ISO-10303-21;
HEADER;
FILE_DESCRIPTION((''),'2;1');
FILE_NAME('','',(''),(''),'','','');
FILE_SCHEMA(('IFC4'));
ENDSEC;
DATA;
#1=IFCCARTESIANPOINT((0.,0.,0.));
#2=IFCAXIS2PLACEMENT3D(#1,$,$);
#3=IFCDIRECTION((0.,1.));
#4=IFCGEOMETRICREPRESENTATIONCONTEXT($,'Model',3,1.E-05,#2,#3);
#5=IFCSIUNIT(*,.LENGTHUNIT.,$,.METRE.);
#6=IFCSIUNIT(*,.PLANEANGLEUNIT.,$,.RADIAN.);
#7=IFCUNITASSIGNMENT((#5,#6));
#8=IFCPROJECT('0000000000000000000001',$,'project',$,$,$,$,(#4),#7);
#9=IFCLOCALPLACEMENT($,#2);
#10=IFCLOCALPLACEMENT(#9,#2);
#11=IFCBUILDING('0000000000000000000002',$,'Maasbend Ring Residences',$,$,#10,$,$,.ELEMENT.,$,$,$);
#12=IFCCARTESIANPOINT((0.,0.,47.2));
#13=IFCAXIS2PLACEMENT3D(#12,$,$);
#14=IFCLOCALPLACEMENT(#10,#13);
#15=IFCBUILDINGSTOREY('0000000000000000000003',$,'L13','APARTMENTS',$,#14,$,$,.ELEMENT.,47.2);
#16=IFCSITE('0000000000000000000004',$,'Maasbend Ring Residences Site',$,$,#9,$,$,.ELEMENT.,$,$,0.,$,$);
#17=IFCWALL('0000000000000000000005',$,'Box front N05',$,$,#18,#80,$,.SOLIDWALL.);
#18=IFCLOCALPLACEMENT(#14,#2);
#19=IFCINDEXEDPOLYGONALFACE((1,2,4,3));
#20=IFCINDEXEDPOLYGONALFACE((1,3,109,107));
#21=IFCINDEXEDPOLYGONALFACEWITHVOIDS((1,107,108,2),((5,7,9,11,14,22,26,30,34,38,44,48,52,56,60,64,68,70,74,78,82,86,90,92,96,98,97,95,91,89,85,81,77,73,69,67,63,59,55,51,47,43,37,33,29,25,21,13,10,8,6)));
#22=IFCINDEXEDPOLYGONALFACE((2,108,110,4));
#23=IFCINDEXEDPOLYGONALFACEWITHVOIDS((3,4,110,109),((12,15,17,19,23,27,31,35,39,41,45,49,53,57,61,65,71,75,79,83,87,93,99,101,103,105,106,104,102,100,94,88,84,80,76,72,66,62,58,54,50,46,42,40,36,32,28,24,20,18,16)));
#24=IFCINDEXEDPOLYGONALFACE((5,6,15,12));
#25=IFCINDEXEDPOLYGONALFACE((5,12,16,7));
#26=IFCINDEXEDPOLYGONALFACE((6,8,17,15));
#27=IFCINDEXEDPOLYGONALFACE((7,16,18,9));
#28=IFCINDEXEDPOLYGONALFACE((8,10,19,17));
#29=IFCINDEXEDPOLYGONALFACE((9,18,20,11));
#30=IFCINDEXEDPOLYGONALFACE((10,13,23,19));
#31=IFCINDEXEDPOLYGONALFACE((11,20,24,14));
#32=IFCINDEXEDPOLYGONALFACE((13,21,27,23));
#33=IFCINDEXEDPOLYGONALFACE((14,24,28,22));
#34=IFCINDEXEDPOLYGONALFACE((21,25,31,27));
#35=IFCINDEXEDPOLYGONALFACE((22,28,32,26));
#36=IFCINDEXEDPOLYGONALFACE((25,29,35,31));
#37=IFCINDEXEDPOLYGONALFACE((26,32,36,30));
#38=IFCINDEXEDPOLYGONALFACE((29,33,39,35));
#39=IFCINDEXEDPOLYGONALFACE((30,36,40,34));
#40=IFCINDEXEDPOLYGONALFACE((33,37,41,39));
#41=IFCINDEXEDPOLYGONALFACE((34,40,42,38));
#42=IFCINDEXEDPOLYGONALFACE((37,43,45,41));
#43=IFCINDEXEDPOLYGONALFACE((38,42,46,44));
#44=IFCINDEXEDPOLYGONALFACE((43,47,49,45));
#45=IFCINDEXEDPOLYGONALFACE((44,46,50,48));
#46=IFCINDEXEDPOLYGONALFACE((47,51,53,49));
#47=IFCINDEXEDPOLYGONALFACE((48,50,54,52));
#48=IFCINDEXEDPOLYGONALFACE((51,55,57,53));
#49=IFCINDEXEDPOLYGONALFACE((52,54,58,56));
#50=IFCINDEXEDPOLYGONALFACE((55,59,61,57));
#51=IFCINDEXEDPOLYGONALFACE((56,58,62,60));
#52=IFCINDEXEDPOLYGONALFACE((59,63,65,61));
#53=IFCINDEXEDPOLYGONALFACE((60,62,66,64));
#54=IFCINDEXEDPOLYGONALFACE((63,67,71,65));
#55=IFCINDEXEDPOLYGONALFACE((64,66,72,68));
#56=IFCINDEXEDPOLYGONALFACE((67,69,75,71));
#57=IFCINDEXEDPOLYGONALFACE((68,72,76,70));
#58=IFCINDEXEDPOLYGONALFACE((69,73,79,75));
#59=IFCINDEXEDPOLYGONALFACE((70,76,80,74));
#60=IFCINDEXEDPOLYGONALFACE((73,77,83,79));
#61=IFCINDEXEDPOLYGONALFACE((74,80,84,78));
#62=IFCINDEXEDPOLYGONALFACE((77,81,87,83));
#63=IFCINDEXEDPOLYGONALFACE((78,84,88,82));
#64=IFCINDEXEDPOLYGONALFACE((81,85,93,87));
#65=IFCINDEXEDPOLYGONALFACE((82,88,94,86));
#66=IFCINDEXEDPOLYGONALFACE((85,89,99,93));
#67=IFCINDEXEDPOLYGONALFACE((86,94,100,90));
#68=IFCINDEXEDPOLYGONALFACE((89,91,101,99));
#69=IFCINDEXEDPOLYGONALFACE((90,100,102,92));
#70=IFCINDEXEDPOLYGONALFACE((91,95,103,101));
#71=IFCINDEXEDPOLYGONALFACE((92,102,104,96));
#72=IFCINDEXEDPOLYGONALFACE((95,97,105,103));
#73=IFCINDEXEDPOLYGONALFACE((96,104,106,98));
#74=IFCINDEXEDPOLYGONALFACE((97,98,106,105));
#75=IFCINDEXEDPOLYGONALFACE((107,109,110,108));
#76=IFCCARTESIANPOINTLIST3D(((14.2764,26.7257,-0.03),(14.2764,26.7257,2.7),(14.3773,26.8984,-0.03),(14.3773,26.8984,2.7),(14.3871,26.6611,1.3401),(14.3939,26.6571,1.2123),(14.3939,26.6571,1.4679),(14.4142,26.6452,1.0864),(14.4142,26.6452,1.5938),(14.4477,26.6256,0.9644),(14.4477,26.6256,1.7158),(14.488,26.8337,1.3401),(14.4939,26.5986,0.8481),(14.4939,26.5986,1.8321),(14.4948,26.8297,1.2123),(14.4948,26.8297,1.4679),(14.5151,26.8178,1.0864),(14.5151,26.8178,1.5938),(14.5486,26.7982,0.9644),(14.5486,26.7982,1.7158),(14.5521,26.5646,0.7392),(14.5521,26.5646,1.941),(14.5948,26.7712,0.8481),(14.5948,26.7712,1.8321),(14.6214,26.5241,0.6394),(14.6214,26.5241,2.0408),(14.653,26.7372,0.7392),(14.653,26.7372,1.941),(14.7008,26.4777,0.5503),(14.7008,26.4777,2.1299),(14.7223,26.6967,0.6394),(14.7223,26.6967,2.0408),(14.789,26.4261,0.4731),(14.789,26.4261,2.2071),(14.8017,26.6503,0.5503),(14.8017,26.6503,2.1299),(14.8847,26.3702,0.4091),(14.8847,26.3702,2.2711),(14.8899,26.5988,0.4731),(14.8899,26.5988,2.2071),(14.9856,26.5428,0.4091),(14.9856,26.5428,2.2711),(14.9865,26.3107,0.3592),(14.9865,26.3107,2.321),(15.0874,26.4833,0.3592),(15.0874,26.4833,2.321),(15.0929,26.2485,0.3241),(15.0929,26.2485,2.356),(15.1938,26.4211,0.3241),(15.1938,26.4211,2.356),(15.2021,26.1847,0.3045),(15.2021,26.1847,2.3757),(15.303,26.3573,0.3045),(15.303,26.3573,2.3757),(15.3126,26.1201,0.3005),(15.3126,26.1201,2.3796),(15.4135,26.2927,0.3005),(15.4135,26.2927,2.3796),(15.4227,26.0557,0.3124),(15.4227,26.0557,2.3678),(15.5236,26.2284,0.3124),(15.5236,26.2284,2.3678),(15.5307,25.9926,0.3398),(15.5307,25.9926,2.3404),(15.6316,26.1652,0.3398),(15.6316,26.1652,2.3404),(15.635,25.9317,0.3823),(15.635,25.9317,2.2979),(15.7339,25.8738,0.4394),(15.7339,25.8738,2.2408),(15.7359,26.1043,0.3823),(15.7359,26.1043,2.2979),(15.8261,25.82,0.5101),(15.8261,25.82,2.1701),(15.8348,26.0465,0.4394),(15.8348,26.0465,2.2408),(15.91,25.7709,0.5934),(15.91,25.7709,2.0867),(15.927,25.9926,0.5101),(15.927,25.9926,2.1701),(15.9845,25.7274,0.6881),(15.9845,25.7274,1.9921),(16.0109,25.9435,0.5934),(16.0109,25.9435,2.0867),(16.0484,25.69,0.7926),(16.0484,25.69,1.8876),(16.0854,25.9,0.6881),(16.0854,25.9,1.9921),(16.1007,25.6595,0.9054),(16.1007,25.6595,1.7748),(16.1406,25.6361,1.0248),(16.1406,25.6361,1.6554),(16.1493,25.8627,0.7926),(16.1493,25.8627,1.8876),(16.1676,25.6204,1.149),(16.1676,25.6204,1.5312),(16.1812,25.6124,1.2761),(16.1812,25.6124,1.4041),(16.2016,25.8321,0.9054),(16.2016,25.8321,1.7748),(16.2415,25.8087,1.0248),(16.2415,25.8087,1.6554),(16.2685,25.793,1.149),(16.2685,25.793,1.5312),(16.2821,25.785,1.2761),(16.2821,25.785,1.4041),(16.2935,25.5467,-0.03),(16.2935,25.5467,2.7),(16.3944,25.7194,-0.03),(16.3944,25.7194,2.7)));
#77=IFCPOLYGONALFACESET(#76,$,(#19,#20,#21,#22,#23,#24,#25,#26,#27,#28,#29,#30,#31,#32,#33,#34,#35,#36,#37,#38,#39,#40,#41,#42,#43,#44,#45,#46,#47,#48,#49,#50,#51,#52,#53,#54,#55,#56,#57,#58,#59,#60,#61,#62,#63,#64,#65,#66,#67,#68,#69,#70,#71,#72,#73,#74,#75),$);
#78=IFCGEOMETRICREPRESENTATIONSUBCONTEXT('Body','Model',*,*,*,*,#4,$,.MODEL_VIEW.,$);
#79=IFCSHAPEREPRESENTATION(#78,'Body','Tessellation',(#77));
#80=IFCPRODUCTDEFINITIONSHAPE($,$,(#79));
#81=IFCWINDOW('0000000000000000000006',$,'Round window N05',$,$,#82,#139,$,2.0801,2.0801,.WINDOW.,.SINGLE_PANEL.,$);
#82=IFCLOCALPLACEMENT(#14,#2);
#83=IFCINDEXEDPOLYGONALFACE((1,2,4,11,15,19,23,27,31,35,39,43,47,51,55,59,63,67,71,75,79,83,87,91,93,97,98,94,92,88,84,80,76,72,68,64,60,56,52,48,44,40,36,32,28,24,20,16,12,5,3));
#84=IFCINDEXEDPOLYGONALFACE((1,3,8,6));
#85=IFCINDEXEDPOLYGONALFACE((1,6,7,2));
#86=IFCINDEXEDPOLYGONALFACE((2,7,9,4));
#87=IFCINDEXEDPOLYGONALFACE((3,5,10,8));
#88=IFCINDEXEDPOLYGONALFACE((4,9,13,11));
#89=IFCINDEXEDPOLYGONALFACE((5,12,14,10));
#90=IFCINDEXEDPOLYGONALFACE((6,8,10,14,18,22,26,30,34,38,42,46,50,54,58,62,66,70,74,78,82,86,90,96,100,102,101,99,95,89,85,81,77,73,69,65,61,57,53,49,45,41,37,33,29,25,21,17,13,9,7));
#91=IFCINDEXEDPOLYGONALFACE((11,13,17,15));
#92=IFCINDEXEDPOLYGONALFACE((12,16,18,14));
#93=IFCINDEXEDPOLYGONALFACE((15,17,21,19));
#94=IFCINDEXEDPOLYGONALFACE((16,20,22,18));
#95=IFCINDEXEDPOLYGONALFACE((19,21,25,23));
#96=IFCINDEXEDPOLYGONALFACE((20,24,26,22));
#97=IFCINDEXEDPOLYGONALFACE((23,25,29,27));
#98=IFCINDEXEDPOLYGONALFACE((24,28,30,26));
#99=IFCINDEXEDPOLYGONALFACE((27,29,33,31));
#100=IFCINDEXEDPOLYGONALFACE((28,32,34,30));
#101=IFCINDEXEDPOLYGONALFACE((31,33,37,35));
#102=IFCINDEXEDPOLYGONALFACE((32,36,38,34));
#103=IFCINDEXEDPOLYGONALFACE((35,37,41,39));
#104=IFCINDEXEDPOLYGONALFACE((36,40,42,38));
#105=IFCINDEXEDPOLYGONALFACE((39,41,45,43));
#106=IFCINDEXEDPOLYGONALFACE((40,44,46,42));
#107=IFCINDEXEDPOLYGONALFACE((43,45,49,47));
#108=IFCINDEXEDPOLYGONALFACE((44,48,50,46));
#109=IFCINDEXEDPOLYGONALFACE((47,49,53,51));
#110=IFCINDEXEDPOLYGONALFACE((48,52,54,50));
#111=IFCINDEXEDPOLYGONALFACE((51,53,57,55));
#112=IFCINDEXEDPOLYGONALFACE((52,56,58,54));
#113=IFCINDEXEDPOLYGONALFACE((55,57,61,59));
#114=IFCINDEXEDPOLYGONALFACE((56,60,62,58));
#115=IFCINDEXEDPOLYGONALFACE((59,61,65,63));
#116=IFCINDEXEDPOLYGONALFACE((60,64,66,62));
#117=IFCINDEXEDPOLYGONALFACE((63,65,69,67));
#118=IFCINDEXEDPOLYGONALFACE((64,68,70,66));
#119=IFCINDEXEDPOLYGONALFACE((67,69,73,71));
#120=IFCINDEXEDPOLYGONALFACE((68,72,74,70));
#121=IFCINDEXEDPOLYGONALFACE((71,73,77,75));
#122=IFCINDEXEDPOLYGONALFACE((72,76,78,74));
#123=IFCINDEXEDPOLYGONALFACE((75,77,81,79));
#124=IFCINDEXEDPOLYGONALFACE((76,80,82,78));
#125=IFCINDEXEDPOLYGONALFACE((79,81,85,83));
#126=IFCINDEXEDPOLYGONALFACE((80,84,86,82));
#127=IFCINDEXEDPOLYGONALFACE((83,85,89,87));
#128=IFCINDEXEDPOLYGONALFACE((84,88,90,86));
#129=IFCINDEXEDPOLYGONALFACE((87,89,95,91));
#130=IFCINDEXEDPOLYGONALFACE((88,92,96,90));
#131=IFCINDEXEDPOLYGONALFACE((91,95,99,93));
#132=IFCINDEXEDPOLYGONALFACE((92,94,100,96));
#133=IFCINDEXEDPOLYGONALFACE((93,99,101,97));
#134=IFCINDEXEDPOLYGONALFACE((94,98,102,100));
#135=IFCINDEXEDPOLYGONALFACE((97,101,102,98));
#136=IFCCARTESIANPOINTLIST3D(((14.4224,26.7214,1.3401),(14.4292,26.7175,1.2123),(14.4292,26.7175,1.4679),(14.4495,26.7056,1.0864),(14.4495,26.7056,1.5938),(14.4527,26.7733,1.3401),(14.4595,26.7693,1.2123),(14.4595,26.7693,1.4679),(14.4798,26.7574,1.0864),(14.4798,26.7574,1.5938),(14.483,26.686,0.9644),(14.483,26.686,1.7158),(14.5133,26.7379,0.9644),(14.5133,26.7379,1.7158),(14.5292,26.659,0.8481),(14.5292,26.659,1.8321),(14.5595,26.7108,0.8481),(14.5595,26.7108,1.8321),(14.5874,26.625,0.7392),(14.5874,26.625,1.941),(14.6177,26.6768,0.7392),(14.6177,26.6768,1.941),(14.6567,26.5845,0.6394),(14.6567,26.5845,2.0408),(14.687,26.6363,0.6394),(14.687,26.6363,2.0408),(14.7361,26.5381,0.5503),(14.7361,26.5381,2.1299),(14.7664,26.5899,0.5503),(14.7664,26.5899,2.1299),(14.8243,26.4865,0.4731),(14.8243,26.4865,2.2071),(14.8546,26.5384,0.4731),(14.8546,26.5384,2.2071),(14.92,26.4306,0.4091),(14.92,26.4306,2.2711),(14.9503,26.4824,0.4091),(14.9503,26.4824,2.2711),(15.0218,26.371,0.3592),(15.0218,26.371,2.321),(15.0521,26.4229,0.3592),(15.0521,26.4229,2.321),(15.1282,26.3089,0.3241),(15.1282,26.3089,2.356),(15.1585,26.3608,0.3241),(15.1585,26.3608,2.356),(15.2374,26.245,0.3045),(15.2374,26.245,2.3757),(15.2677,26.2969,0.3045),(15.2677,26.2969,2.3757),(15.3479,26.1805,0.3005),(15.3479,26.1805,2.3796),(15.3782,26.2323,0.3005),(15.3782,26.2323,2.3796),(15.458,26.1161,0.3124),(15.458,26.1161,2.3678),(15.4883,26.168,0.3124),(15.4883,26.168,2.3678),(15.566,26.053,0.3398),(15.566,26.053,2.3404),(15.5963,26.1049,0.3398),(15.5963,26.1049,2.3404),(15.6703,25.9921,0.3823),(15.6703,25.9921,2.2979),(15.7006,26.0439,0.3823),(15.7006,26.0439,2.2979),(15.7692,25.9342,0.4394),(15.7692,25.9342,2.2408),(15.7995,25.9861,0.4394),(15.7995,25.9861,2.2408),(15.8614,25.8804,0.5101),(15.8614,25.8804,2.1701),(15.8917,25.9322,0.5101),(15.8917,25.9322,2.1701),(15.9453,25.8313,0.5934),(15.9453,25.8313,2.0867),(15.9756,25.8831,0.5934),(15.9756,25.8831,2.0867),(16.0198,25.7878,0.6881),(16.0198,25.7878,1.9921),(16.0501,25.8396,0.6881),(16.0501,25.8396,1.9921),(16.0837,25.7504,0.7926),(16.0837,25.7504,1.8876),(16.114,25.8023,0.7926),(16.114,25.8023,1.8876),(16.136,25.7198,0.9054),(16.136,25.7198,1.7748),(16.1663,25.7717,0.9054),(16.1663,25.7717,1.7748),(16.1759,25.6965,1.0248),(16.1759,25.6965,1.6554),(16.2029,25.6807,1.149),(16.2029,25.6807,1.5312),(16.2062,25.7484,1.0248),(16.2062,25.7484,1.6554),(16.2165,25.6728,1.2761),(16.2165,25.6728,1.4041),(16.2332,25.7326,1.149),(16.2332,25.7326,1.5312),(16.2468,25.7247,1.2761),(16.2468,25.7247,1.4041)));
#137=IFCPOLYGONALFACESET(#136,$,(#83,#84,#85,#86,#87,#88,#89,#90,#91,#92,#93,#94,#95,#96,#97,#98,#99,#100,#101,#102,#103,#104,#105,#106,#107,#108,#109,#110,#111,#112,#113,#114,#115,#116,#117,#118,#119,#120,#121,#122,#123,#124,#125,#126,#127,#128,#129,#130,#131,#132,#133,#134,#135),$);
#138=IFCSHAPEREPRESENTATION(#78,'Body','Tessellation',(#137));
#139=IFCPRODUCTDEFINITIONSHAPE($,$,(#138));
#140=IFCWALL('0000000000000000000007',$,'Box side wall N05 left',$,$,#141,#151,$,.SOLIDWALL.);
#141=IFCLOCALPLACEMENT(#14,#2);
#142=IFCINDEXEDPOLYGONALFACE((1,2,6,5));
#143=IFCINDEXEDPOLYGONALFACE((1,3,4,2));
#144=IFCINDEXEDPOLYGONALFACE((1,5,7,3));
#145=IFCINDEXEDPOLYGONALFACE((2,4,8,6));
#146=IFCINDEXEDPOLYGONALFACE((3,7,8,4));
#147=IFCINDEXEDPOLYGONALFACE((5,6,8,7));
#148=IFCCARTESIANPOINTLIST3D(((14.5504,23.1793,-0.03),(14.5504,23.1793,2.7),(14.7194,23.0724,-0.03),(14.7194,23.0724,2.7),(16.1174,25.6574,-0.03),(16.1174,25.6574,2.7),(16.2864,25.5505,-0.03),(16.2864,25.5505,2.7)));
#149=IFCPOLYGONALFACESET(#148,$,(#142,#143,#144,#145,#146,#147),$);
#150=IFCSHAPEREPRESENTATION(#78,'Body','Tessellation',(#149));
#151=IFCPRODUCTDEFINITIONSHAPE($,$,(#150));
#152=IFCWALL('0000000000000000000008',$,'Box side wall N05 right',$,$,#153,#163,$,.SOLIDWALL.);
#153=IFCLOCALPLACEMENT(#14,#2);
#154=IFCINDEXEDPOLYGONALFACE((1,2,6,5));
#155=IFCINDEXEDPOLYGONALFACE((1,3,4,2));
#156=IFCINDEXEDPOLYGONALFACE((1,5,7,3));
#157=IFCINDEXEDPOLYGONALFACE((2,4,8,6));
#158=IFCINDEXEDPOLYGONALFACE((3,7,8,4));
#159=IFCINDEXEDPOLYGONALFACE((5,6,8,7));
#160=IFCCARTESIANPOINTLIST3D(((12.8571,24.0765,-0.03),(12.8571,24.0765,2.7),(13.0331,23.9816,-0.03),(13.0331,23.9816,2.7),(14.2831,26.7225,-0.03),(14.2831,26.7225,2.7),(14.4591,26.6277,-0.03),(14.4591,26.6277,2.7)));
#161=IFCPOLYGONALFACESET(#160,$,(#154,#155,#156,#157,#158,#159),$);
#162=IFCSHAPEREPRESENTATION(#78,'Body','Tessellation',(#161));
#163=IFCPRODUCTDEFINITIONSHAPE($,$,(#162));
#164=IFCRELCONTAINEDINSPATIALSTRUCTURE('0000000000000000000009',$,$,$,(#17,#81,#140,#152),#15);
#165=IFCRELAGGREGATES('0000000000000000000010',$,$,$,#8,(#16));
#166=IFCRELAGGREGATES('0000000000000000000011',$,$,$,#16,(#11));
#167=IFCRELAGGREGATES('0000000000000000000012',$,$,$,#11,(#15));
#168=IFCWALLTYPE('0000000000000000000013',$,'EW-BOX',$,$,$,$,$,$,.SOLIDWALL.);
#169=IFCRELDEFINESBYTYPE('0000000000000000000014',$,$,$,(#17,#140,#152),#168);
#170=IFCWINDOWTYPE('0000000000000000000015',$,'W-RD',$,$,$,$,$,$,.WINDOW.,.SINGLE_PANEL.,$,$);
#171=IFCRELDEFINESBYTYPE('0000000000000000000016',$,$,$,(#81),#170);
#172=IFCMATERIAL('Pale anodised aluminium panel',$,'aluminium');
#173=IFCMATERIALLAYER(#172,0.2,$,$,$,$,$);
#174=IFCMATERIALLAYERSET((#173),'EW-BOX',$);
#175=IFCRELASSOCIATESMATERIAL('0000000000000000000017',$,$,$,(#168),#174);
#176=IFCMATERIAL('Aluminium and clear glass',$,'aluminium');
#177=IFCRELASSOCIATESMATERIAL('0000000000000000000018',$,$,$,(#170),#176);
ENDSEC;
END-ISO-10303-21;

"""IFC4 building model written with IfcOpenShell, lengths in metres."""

from ifc_helpers import new_model, si_unit, direction, frame, frame_2d, origin, place, context, subcontext, project, spatial, rectangle, circle, extrude, material, layer, layer_set, type_object, element, fill, save


model = new_model("IFC4")

# Units and contexts
model_context = context("Model", 3, precision=1e-05, world=origin(), true_north=direction((0.0, 1.0)))
body_context = subcontext(model_context, "Body", "Model", "MODEL_VIEW")
ifc_project = project(units=[si_unit("LENGTHUNIT", "METRE"), si_unit("PLANEANGLEUNIT", "RADIAN")], contexts=[model_context])

# Site, building, storey
site_placement = place(None, origin())
site = spatial("IfcSite", under=ifc_project, at=site_placement, Name="Maasbend Ring Residences Site", CompositionType="ELEMENT", RefElevation=0.0)
building_placement = place(site_placement, origin())
building = spatial("IfcBuilding", under=site, at=building_placement, Name="Maasbend Ring Residences", CompositionType="ELEMENT")
storey_placement = place(building_placement, frame((0.0, 0.0, 47.2)))
storey = spatial("IfcBuildingStorey", under=building, at=storey_placement, Name="L13", Description="APARTMENTS", CompositionType="ELEMENT", Elevation=47.2)

# Shared definitions
ifc_material_1 = material(Name="Pale anodised aluminium panel", Category="aluminium")
ifc_layer_1 = layer(ifc_material_1, 0.2)
ifc_layer_set_1 = layer_set([ifc_layer_1], Name="EW-BOX")
wall_type_1 = type_object("IfcWallType", Name="EW-BOX", PredefinedType="SOLIDWALL", material=ifc_layer_set_1)
ifc_material_2 = material(Name="Aluminium and clear glass", Category="aluminium")
window_type_1 = type_object("IfcWindowType", Name="W-RD", PartitioningType="SINGLE_PANEL", PredefinedType="WINDOW", material=ifc_material_2)

# Wall, opening, window
wall_1_placement = place(storey_placement, frame((16.344, 25.6331, -0.03), z_axis=(0.0, 0.0, 1.0), x_axis=(-0.863347, 0.504612, 0.0)))
wall_1 = element("IfcWall", 1, at=wall_1_placement, inside=storey, type_object=wall_type_1, Name="Box front N05", PredefinedType="SOLIDWALL", context=body_context, shape_type="SweptSolid", body=[
    extrude(rectangle(XDim=2.3364, YDim=0.2, at=frame_2d((1.1682, 0.0))), origin(), (0.0, 0.0, 1.0), 2.73),
])
opening_1_placement = place(wall_1_placement, frame((0.1282, 0.0, 0.3301)))
opening_1 = element("IfcOpeningElement", 2, at=opening_1_placement, cuts=wall_1, PredefinedType="OPENING", context=body_context, shape_type="SweptSolid", body=[
    extrude(circle(Radius=1.04, at=frame_2d((1.04, 1.04))), frame((0.0, 0.1099, 0.0), z_axis=(0.0, -1.0, 0.0), x_axis=(1.0, 0.0, 0.0)), (0.0, 0.0, 1.0), 0.22),
])
window_1_placement = place(opening_1_placement, origin())
window_1 = element("IfcWindow", 3, at=window_1_placement, inside=storey, type_object=window_type_1, Name="Round window N05", OverallHeight=2.0801, OverallWidth=2.0801, PartitioningType="SINGLE_PANEL", PredefinedType="WINDOW", context=body_context, shape_type="SweptSolid", body=[
    extrude(circle(Radius=1.04, at=frame_2d((1.04, 1.04))), frame((0.0, 0.03, 0.0), z_axis=(0.0, -1.0, 0.0), x_axis=(1.0, 0.0, 0.0)), (0.0, 0.0, 1.0), 0.0601),
])
fill(opening_1, window_1)

# Walls
wall_2_placement = place(storey_placement, frame((14.635, 23.126, -0.03), z_axis=(0.0, 0.0, 1.0), x_axis=(0.534438, 0.845208, 0.0)))
element("IfcWall", 4, at=wall_2_placement, inside=storey, type_object=wall_type_1, Name="Box side wall N05 left", PredefinedType="SOLIDWALL", context=body_context, shape_type="SweptSolid", body=[
    extrude(rectangle(XDim=2.9319, YDim=0.2, at=frame_2d((1.4658, 0.0))), origin(), (0.0, 0.0, 1.0), 2.73),
])
wall_3_placement = place(storey_placement, frame((12.9451, 24.0291, -0.03), z_axis=(0.0, 0.0, 1.0), x_axis=(0.474424, 0.880296, 0.0)))
element("IfcWall", 5, at=wall_3_placement, inside=storey, type_object=wall_type_1, Name="Box side wall N05 right", PredefinedType="SOLIDWALL", context=body_context, shape_type="SweptSolid", body=[
    extrude(rectangle(XDim=3.0059, YDim=0.2, at=frame_2d((1.5029, 0.0))), origin(), (0.0, 0.0, 1.0), 2.73),
])

save(model, "model.ifc")
